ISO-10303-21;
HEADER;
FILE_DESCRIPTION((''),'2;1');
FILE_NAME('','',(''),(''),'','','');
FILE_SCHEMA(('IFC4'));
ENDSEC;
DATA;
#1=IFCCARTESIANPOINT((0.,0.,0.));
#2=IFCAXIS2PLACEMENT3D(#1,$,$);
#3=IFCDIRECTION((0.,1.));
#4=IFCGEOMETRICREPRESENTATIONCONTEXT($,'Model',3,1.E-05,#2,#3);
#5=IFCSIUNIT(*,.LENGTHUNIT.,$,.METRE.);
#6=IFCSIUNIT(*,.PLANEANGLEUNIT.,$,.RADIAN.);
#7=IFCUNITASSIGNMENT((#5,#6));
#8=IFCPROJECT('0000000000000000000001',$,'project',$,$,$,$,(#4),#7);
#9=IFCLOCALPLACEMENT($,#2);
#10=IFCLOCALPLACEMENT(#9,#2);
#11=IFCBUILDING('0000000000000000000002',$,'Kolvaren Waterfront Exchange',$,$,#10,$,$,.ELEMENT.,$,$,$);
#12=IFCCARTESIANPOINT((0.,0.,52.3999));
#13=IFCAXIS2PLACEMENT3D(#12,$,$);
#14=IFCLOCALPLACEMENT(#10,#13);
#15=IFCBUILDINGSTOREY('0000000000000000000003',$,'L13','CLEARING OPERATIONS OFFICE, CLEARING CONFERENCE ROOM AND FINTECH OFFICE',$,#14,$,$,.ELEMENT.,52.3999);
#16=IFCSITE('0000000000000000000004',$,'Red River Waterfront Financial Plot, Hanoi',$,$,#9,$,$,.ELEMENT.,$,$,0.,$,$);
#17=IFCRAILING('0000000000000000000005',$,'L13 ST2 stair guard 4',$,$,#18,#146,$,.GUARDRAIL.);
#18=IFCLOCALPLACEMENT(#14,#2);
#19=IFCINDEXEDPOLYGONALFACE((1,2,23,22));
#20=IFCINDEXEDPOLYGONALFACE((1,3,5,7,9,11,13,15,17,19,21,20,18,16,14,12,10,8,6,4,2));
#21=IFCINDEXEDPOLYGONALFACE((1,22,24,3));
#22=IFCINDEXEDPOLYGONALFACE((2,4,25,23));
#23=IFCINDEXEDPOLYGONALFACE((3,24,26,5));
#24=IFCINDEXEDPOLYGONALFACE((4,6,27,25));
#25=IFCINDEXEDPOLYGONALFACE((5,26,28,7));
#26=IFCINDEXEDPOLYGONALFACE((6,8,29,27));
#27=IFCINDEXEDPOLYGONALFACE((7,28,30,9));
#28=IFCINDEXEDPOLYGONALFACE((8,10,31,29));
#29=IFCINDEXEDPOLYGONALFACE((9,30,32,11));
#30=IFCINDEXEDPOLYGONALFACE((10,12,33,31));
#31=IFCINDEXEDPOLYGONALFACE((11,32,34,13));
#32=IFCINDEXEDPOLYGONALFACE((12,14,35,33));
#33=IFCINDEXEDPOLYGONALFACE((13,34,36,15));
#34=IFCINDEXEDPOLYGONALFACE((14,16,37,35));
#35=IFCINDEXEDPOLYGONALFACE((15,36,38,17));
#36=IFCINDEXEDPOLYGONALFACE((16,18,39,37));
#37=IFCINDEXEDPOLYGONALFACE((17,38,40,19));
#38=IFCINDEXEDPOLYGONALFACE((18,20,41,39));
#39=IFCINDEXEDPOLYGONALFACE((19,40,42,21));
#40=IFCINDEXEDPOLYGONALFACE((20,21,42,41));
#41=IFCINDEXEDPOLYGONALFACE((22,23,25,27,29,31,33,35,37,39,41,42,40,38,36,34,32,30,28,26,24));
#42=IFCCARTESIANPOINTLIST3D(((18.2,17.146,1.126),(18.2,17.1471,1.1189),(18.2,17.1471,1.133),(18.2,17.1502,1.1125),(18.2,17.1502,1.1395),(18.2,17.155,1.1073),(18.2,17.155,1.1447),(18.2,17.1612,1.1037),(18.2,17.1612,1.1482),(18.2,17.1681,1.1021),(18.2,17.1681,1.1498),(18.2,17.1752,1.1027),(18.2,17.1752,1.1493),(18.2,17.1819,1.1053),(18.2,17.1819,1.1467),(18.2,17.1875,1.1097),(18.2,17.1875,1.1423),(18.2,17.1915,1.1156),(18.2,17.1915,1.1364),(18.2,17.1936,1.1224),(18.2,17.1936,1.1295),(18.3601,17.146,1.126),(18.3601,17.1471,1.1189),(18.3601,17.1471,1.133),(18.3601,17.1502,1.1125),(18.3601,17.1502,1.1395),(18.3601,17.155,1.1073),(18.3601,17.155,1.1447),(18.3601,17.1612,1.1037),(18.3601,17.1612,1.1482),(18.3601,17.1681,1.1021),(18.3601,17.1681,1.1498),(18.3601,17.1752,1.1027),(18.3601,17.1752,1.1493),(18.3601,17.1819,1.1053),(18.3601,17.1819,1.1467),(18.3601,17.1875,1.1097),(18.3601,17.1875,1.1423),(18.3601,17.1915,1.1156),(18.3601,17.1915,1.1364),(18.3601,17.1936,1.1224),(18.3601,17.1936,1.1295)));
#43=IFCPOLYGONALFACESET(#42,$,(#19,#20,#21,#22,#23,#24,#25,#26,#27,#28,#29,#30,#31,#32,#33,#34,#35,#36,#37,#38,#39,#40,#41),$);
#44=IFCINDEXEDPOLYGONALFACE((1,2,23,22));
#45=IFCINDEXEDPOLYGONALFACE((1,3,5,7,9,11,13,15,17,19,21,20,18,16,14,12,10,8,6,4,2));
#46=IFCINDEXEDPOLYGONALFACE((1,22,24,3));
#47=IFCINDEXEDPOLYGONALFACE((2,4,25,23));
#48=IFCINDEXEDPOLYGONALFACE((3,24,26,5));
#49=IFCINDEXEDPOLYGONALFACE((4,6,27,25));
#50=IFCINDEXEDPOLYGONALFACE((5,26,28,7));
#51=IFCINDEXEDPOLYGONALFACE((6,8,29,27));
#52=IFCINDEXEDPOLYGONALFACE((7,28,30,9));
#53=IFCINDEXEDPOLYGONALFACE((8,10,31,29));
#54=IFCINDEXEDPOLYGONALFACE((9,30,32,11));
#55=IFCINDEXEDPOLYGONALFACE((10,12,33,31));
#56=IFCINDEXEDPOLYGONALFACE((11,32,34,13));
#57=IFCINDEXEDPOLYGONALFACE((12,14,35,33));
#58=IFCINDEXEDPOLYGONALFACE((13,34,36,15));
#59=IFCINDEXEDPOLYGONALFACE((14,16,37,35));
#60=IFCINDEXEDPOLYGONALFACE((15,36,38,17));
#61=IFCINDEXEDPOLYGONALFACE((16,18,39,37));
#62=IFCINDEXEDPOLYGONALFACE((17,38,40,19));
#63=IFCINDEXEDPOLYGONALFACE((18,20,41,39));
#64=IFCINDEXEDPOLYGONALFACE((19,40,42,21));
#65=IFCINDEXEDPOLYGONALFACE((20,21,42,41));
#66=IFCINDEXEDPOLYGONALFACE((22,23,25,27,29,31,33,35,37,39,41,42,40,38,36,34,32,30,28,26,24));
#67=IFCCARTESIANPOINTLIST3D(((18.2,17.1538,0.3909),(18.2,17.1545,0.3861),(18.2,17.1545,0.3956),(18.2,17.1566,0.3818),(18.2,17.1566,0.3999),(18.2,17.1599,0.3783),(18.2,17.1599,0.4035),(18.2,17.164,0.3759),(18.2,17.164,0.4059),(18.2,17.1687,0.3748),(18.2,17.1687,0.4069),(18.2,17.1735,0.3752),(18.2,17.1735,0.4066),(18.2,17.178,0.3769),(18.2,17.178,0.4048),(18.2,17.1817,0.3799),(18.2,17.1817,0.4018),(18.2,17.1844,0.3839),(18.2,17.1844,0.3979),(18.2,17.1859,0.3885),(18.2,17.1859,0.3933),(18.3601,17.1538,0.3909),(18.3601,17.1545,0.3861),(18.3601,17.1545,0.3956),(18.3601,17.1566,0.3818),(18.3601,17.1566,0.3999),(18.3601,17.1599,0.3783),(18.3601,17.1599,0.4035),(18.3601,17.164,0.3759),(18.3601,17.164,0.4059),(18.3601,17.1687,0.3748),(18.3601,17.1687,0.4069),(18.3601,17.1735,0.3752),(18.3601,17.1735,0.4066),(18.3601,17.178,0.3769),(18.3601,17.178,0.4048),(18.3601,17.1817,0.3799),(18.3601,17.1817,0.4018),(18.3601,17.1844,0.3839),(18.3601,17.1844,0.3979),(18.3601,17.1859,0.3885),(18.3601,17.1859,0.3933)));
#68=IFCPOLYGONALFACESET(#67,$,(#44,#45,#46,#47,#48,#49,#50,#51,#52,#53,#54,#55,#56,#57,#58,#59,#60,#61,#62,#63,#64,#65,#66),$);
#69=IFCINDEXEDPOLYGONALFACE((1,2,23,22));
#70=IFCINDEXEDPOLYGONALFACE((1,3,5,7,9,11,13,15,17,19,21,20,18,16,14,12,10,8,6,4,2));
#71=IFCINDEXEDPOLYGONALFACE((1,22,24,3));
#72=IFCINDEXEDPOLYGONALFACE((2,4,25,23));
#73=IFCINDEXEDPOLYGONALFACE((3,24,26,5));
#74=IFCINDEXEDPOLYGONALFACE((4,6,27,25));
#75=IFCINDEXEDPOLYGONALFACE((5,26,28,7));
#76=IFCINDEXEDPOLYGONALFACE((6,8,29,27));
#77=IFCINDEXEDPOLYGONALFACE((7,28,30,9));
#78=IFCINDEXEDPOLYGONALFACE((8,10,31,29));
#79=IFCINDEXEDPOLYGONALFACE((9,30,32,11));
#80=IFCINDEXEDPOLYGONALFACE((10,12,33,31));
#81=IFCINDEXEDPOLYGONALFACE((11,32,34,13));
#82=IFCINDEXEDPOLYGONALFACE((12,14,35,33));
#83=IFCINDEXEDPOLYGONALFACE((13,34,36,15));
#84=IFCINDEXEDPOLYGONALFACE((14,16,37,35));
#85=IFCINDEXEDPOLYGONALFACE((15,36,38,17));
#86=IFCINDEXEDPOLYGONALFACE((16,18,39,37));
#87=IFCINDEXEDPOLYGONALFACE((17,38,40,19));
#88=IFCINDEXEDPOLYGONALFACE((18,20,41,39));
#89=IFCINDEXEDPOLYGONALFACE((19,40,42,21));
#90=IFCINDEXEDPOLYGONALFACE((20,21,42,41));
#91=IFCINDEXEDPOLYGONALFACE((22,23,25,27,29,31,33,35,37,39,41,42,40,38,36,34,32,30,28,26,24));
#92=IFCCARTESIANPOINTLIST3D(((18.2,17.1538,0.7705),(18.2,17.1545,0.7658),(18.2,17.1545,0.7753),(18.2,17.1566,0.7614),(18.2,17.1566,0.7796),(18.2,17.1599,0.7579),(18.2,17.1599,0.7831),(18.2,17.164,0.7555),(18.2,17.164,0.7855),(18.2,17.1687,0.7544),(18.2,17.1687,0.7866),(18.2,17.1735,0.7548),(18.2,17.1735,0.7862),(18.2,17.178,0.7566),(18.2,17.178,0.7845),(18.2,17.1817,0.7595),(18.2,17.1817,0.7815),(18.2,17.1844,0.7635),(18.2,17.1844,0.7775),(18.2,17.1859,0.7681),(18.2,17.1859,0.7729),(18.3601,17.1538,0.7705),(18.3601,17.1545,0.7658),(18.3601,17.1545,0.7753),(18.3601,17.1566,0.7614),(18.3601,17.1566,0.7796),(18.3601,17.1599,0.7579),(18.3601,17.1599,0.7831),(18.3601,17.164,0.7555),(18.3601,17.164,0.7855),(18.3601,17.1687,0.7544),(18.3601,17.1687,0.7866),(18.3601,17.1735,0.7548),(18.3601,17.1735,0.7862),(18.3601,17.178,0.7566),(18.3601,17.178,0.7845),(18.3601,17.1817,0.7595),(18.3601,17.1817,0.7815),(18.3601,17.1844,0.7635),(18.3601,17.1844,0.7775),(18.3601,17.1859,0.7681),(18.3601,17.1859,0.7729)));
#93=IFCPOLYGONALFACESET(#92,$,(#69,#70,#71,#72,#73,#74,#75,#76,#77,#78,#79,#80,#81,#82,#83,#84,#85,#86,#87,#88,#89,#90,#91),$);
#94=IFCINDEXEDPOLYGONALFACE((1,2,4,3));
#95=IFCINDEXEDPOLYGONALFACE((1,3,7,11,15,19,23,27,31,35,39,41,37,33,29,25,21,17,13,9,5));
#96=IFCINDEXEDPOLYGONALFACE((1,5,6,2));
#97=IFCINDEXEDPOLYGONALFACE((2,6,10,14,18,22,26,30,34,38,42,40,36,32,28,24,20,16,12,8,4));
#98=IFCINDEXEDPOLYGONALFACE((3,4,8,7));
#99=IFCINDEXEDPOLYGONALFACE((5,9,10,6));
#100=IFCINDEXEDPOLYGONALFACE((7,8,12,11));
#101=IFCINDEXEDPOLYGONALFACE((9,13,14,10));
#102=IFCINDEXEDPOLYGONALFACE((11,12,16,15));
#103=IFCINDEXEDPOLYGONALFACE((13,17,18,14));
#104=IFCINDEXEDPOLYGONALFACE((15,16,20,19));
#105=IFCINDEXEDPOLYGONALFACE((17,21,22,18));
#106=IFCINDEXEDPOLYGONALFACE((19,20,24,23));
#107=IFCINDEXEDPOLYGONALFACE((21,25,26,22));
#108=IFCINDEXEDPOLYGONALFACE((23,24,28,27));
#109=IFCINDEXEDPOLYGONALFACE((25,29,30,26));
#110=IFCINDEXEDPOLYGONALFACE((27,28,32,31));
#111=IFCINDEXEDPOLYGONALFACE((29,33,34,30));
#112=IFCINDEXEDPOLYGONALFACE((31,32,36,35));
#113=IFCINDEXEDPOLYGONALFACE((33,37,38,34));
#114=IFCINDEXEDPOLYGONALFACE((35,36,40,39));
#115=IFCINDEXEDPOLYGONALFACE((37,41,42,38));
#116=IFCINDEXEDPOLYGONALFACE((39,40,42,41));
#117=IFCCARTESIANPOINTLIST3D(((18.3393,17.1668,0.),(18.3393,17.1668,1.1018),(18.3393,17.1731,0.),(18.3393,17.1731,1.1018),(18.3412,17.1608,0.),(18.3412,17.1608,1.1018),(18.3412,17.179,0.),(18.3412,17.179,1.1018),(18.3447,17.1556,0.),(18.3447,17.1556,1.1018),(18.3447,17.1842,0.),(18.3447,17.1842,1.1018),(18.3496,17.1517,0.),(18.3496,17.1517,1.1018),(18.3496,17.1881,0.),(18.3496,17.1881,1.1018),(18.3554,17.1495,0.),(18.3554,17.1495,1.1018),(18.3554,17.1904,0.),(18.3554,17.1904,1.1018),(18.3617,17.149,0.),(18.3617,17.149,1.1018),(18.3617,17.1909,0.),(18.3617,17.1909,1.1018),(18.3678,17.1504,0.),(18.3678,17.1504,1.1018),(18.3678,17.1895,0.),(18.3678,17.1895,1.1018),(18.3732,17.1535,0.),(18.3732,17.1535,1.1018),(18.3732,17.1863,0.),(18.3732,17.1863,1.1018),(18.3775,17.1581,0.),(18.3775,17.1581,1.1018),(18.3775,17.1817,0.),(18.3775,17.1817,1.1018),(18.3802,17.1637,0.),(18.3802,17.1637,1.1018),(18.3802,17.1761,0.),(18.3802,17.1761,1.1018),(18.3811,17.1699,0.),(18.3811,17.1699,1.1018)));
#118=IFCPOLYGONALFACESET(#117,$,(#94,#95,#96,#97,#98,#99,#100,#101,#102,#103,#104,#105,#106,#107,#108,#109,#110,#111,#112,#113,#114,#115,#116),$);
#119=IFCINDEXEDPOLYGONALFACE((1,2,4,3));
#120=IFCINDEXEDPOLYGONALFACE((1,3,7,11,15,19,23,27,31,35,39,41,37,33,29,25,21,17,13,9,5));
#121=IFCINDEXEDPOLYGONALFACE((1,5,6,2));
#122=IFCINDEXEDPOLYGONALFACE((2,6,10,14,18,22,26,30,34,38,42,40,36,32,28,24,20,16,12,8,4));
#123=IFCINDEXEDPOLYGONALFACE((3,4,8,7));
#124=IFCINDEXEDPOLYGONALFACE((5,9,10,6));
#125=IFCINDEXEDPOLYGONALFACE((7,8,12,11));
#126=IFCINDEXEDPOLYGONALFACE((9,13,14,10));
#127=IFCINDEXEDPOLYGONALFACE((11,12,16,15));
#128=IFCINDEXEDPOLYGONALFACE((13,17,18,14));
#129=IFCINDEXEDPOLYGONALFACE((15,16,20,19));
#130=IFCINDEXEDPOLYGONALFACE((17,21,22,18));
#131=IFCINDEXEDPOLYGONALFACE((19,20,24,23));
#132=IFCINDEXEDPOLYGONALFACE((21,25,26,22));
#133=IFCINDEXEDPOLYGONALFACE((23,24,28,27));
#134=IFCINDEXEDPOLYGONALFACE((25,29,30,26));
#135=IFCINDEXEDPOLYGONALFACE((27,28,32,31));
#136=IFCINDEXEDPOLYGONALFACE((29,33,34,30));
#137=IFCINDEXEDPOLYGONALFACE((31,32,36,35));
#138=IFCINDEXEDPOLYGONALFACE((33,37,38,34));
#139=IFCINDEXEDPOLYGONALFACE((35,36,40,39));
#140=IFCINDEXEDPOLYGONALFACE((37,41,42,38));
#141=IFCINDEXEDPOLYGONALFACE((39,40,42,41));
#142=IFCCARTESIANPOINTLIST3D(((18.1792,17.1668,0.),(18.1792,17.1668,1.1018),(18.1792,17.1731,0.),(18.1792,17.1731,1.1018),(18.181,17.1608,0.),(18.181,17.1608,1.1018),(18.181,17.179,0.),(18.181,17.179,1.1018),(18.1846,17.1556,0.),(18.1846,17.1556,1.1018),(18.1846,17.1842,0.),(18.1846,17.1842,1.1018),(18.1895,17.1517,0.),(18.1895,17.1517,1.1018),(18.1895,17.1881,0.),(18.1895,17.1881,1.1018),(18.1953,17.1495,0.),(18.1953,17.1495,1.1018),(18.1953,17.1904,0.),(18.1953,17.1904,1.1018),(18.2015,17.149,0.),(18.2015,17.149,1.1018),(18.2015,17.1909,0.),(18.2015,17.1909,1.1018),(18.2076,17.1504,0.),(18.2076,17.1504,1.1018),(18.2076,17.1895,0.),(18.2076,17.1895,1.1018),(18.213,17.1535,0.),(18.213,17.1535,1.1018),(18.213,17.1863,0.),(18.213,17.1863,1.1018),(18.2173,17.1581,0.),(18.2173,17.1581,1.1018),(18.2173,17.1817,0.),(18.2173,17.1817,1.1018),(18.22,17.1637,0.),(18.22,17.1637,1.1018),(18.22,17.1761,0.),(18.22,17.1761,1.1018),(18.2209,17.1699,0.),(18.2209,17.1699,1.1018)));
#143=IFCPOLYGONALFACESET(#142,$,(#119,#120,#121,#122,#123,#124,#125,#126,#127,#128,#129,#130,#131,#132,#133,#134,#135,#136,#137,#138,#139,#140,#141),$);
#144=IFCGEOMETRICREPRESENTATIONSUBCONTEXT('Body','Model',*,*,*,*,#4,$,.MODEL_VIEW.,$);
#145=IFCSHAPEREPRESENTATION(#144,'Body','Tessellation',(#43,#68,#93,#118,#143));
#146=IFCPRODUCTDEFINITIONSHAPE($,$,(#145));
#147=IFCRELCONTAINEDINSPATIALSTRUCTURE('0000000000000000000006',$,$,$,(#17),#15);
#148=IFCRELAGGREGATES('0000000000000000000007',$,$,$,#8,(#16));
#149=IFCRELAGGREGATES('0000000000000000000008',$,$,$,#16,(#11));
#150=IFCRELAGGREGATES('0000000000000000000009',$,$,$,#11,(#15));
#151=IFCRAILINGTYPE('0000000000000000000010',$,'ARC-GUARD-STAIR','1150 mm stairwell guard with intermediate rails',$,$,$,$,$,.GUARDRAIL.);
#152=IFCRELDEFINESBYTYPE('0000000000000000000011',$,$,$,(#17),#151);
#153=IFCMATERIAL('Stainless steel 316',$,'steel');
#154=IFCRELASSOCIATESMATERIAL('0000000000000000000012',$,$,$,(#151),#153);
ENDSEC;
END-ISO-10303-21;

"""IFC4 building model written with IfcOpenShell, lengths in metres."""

from ifc_helpers import new_model, si_unit, direction, frame, origin, origin_2d, place, context, subcontext, project, spatial, circle, extrude, material, type_object, element, save


model = new_model("IFC4")

# Units and contexts
model_context = context("Model", 3, precision=1e-05, world=origin(), true_north=direction((0.0, 1.0)))
body_context = subcontext(model_context, "Body", "Model", "MODEL_VIEW")
ifc_project = project(units=[si_unit("LENGTHUNIT", "METRE"), si_unit("PLANEANGLEUNIT", "RADIAN")], contexts=[model_context])

# Site, building, storey
site_placement = place(None, origin())
site = spatial("IfcSite", under=ifc_project, at=site_placement, Name="Red River Waterfront Financial Plot, Hanoi", CompositionType="ELEMENT", RefElevation=0.0)
building_placement = place(site_placement, origin())
building = spatial("IfcBuilding", under=site, at=building_placement, Name="Kolvaren Waterfront Exchange", CompositionType="ELEMENT")
storey_placement = place(building_placement, frame((0.0, 0.0, 52.3999)))
storey = spatial("IfcBuildingStorey", under=building, at=storey_placement, Name="L13", Description="CLEARING OPERATIONS OFFICE, CLEARING CONFERENCE ROOM AND FINTECH OFFICE", CompositionType="ELEMENT", Elevation=52.3999)

# Railing
ifc_material_1 = material(Name="Stainless steel 316", Category="steel")
railing_type_1 = type_object("IfcRailingType", Name="ARC-GUARD-STAIR", Description="1150 mm stairwell guard with intermediate rails", PredefinedType="GUARDRAIL", material=ifc_material_1)
railing_1_placement = place(storey_placement, frame((18.3601, 17.1699, 0.0)))
element("IfcRailing", 1, at=railing_1_placement, inside=storey, type_object=railing_type_1, Name="L13 ST2 stair guard 4", PredefinedType="GUARDRAIL", context=body_context, shape_type="SweptSolid", body=[
    extrude(circle(Radius=0.0239, at=origin_2d()), frame((0.0, 0.0, 1.126), z_axis=(-1.0, 0.0, 0.0), x_axis=(0.0, -1.0, 0.0)), (0.0, 0.0, 1.0), 0.1602),
    extrude(circle(Radius=0.0161, at=origin_2d()), frame((0.0, 0.0, 0.3909), z_axis=(-1.0, 0.0, 0.0), x_axis=(0.0, -1.0, 0.0)), (0.0, 0.0, 1.0), 0.1602),
    extrude(circle(Radius=0.0161, at=origin_2d()), frame((0.0, 0.0, 0.7705), z_axis=(-1.0, 0.0, 0.0), x_axis=(0.0, -1.0, 0.0)), (0.0, 0.0, 1.0), 0.1602),
    extrude(circle(Radius=0.021, at=origin_2d()), origin(), (0.0, 0.0, 1.0), 1.1018),
    extrude(circle(Radius=0.021, at=origin_2d()), frame((-0.1602, 0.0, 0.0)), (0.0, 0.0, 1.0), 1.1018),
])

save(model, "model.ifc")
